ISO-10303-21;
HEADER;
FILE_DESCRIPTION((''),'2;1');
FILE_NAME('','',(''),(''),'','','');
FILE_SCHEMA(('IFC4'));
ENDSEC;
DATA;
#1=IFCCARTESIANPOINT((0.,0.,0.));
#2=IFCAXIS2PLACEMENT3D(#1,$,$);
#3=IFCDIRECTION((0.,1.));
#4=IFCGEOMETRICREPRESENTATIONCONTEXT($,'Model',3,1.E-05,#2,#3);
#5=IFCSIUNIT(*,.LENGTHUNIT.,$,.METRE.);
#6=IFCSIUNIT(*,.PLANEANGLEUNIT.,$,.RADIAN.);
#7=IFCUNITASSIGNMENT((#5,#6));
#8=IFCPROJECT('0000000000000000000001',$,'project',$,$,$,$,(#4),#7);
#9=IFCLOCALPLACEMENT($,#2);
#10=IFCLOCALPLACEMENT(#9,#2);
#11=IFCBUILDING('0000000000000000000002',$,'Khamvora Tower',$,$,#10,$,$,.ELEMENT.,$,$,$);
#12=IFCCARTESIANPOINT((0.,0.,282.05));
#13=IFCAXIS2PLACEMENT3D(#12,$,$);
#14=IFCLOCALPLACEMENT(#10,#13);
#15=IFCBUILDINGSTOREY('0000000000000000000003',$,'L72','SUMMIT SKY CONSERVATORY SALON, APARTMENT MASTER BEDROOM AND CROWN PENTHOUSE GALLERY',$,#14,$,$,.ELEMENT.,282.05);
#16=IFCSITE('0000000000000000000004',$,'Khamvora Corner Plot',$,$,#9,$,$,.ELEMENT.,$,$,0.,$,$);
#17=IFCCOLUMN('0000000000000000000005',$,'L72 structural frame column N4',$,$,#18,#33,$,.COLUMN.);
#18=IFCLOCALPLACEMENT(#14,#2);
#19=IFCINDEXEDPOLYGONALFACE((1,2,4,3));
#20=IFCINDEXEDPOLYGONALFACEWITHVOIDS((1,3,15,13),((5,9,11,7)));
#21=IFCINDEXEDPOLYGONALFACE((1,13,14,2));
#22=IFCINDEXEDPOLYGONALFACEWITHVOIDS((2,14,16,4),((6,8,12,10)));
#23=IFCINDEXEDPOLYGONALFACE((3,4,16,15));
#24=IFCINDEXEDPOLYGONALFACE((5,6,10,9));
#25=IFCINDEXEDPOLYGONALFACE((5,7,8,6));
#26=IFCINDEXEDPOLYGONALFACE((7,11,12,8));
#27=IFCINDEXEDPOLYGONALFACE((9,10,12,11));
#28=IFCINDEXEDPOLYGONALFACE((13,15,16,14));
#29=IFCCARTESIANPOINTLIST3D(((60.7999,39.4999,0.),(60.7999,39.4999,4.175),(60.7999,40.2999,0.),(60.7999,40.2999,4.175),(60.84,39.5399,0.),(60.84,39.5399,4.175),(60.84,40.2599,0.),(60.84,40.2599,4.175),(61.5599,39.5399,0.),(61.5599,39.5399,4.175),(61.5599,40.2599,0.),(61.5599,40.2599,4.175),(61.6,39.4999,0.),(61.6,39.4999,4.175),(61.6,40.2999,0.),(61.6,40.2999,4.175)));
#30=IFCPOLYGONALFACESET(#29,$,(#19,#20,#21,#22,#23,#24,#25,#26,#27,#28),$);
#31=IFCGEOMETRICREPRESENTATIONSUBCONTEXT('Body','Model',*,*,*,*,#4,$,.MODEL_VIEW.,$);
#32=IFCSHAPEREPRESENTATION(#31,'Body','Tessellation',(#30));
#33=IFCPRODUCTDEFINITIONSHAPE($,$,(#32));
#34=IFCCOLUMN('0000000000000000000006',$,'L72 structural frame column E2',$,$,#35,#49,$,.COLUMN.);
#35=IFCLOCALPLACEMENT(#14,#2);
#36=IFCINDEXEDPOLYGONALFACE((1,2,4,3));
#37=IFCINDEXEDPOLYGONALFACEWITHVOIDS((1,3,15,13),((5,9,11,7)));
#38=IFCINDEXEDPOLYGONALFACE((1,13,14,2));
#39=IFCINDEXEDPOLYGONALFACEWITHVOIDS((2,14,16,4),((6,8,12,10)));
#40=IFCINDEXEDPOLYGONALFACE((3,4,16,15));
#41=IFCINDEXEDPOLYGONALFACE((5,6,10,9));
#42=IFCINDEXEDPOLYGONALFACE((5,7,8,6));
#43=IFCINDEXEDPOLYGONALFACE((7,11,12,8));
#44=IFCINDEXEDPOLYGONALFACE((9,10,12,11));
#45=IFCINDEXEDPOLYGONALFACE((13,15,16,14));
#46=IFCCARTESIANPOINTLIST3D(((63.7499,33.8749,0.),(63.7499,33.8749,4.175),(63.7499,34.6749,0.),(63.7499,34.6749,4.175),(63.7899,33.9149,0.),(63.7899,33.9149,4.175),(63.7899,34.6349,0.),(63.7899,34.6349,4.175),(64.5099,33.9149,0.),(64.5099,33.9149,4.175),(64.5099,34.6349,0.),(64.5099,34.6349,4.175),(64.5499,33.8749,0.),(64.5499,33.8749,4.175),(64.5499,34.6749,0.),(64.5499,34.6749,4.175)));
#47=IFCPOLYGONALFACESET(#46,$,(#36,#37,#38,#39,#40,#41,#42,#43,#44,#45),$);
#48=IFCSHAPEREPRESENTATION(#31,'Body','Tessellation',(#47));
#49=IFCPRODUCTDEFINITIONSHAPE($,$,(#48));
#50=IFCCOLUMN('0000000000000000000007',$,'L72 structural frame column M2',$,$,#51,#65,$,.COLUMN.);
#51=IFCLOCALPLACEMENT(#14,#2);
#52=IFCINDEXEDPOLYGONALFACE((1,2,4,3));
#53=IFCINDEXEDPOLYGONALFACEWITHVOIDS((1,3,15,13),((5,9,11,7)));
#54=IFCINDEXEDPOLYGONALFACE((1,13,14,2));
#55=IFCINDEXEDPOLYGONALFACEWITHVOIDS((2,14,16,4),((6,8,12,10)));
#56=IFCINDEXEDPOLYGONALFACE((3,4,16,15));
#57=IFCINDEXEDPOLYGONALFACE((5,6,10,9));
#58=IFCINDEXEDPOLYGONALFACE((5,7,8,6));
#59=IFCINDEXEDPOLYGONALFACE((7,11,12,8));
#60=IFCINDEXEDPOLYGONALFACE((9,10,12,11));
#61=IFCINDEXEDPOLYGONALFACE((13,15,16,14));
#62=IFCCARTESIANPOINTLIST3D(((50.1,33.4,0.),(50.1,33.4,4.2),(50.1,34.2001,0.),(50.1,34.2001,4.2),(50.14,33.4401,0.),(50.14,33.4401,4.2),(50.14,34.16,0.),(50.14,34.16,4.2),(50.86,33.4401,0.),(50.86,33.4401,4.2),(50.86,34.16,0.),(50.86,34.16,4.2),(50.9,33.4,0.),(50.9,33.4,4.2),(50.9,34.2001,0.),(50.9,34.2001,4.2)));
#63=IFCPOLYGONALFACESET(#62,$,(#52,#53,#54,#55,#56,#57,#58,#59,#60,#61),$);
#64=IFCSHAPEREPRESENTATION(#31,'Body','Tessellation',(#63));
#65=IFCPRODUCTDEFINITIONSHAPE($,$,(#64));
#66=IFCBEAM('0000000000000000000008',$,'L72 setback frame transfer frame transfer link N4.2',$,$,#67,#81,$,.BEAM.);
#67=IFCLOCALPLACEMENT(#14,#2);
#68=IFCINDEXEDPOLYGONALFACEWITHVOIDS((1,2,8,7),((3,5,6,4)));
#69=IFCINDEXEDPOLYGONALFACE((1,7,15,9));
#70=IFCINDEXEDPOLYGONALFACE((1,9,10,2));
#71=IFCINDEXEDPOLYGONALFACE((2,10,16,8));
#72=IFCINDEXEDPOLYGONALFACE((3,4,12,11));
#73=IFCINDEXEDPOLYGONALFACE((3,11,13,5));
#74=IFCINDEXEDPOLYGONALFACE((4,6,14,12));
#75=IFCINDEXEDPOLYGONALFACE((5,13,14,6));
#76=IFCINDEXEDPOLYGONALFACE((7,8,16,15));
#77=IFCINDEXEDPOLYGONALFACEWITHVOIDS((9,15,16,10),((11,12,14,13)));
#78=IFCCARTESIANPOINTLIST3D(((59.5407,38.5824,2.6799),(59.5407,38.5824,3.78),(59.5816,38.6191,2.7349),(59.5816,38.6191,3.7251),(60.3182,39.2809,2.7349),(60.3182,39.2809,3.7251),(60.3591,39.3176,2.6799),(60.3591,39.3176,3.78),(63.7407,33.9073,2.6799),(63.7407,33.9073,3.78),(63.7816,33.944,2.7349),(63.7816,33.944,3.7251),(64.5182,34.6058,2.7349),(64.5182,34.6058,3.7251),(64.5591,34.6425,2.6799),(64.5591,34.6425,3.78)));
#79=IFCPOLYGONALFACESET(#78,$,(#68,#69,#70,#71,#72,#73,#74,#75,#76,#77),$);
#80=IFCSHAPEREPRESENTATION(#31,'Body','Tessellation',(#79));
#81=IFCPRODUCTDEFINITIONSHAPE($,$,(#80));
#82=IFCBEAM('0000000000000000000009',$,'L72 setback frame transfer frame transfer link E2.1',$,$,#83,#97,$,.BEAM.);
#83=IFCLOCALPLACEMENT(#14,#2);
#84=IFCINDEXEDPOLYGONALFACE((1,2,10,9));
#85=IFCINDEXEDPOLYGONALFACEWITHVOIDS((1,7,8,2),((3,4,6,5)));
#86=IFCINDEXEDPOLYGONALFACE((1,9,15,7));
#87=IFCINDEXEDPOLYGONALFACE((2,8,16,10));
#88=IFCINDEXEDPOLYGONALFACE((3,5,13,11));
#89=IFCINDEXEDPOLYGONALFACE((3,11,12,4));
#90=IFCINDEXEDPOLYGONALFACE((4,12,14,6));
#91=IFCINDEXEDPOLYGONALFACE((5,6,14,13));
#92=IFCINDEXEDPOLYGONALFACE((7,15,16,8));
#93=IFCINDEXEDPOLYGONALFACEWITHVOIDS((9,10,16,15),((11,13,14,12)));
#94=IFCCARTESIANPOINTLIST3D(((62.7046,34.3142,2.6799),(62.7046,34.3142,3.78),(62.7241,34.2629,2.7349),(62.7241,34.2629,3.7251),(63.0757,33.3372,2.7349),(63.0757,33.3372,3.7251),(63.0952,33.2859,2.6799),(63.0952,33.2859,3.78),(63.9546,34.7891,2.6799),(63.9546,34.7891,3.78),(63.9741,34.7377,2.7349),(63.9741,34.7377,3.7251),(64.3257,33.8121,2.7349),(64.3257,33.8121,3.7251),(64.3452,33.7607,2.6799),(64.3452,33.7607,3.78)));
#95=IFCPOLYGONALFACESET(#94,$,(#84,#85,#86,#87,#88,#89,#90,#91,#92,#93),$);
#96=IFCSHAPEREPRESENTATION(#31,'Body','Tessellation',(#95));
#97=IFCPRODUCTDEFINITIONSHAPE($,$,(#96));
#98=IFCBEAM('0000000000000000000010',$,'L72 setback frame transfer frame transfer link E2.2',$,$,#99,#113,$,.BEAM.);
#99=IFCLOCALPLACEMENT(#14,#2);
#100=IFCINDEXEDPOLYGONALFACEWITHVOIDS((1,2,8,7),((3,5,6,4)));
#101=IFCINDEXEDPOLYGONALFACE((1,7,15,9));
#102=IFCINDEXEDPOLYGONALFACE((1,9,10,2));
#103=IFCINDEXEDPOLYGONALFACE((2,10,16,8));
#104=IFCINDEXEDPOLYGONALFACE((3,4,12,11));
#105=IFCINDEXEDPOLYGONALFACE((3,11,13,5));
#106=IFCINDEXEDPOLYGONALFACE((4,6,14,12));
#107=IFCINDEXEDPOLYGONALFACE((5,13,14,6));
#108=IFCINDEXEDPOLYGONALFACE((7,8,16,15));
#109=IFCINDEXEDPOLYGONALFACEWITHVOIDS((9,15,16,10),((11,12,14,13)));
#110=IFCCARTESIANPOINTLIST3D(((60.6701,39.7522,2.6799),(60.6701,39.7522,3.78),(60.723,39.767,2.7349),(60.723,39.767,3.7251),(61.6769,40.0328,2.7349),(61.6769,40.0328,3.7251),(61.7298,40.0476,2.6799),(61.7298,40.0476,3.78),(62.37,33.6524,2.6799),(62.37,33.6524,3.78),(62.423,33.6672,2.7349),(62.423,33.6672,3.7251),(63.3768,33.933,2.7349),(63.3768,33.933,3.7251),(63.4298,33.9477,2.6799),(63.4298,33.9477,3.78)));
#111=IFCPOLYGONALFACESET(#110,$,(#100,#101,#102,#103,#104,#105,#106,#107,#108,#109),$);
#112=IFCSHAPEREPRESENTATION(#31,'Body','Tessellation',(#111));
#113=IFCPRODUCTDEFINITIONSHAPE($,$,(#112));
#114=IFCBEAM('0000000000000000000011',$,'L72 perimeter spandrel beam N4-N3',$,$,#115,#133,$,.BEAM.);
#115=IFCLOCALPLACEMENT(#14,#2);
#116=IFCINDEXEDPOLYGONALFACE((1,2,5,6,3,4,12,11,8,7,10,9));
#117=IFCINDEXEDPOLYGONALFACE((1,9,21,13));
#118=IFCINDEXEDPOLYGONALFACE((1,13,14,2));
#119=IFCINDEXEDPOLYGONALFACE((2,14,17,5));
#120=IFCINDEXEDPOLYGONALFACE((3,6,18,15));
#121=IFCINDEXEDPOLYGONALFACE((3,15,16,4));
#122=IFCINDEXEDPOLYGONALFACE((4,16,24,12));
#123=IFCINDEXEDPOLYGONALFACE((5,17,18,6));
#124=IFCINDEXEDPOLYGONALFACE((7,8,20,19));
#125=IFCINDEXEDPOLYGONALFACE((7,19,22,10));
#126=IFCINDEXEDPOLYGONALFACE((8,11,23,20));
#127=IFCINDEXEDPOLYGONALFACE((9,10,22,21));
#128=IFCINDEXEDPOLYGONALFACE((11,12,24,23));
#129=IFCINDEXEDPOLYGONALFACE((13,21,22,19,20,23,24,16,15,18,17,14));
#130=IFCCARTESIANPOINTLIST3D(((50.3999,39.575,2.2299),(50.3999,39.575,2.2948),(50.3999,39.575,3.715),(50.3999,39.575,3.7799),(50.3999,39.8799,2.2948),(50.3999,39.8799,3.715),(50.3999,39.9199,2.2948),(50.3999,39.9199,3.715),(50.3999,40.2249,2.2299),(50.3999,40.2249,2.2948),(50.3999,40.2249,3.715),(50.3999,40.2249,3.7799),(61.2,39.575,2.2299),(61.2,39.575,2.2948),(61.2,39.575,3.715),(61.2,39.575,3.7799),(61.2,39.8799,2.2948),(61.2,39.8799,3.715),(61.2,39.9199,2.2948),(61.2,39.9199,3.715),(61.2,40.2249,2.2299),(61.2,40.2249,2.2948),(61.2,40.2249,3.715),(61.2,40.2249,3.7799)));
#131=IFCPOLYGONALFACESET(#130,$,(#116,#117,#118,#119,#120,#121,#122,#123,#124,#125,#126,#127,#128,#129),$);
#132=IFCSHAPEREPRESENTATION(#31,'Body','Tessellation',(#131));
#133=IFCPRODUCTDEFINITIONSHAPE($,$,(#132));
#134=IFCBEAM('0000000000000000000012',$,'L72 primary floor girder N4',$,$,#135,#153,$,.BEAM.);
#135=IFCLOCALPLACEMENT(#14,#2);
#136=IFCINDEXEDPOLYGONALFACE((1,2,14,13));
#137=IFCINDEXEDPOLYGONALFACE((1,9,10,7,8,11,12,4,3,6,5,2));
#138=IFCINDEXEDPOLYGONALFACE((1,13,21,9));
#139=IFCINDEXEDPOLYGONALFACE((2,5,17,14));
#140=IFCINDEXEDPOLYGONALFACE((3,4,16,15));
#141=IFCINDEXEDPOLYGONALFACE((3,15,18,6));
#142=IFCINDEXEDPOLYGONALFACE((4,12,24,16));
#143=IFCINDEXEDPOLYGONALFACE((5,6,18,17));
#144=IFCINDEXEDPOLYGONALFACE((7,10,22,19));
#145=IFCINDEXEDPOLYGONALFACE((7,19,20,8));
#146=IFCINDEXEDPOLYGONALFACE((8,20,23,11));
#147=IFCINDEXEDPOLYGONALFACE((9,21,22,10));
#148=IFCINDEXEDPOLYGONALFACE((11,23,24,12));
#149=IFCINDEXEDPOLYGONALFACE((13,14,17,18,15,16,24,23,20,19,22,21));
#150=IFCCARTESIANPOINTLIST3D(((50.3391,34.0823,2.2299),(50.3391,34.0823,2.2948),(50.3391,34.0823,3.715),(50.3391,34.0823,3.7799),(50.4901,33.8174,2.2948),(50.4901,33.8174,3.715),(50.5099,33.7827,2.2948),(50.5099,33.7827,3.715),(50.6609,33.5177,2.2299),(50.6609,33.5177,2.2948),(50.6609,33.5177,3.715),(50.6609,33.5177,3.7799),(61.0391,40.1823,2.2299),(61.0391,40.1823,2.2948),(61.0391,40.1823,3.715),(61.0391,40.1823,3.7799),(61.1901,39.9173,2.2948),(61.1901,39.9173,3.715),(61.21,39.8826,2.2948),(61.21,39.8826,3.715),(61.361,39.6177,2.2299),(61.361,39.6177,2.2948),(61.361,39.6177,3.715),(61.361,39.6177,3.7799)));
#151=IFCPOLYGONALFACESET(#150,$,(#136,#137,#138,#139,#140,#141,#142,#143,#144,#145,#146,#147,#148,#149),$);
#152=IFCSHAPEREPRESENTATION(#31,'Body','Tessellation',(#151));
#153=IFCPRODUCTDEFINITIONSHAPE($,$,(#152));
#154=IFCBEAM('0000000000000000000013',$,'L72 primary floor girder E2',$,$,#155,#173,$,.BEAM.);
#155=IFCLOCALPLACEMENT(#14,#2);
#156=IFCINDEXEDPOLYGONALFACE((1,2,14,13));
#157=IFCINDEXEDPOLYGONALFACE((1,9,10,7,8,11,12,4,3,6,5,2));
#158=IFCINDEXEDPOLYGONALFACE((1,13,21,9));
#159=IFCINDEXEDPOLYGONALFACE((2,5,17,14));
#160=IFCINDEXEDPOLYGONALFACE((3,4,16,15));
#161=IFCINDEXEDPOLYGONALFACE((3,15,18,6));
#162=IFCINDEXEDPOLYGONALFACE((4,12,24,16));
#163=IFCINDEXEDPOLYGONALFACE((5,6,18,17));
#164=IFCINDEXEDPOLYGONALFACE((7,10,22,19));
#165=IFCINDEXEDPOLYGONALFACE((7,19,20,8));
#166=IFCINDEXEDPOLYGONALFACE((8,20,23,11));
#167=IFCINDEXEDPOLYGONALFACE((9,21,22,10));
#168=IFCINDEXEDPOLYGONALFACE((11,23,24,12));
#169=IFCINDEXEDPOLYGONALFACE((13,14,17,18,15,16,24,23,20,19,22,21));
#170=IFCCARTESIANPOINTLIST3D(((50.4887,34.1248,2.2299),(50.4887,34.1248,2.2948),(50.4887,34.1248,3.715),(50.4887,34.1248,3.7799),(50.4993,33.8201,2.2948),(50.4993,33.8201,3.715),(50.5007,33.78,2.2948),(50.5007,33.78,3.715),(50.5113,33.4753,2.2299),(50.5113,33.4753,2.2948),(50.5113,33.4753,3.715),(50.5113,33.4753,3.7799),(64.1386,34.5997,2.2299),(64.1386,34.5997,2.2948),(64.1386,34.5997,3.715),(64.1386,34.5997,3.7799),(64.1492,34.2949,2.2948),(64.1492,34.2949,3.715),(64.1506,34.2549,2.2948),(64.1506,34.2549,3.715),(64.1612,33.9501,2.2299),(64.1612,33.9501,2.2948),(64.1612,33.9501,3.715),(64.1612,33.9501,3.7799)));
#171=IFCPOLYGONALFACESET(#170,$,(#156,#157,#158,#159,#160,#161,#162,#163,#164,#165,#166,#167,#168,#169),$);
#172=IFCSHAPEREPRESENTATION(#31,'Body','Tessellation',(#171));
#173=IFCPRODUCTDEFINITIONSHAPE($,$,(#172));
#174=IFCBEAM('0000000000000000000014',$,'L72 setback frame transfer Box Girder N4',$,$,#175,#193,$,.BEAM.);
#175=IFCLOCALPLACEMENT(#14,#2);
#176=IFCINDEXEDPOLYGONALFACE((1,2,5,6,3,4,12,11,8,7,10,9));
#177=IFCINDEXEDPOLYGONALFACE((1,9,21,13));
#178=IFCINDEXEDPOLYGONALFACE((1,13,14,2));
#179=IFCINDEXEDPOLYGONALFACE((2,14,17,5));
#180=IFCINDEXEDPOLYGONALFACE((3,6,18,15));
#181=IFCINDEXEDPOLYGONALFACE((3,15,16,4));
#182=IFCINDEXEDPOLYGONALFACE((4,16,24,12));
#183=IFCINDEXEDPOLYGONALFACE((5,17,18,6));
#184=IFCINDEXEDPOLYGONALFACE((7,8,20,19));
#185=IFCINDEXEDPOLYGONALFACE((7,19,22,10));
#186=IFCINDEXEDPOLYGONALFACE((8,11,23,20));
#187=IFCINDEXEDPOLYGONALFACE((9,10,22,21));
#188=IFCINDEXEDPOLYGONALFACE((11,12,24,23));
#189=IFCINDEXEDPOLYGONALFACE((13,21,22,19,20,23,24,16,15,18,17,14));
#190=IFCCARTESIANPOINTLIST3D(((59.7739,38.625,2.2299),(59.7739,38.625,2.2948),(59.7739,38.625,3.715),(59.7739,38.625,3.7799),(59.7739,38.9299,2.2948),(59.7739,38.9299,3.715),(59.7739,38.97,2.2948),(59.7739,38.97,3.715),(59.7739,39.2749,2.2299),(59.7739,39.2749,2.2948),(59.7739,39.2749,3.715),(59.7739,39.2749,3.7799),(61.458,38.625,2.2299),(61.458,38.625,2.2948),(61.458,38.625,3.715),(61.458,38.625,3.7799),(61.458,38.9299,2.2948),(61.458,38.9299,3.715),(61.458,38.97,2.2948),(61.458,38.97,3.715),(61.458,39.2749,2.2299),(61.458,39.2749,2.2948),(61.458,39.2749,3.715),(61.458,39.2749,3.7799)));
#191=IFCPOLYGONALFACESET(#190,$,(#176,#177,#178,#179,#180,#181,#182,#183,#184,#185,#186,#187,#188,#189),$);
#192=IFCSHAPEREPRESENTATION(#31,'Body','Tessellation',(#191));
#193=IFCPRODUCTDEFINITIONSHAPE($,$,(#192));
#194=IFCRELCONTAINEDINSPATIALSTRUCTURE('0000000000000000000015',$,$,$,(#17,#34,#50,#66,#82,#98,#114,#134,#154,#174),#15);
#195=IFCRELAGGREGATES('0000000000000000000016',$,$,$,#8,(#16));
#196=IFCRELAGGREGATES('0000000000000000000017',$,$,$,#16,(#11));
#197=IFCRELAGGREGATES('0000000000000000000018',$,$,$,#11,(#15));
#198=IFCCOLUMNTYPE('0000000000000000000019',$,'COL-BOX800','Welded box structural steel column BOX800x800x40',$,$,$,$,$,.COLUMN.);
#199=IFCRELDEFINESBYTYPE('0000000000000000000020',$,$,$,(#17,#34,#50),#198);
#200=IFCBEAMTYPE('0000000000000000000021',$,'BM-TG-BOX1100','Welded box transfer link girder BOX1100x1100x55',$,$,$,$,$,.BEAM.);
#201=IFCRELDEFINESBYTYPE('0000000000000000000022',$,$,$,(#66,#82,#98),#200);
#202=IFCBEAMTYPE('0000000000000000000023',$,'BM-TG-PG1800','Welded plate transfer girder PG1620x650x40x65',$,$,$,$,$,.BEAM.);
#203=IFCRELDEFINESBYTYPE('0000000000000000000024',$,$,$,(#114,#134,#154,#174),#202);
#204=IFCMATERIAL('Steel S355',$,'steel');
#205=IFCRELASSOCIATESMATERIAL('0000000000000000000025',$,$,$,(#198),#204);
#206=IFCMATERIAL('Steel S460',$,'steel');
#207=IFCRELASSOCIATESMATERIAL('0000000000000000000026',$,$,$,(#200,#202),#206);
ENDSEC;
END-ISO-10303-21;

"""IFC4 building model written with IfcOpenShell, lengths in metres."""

from ifc_helpers import new_model, si_unit, direction, frame, origin, origin_2d, place, context, subcontext, project, spatial, hollow_rectangle, i_section, extrude, material, material_profile, profile_set, type_object, element, save


model = new_model("IFC4")

# Units and contexts
model_context = context("Model", 3, precision=1e-05, world=origin(), true_north=direction((0.0, 1.0)))
body_context = subcontext(model_context, "Body", "Model", "MODEL_VIEW")
ifc_project = project(units=[si_unit("LENGTHUNIT", "METRE"), si_unit("PLANEANGLEUNIT", "RADIAN")], contexts=[model_context])

# Site, building, storey
site_placement = place(None, origin())
site = spatial("IfcSite", under=ifc_project, at=site_placement, Name="Khamvora Corner Plot", CompositionType="ELEMENT", RefElevation=0.0)
building_placement = place(site_placement, origin())
building = spatial("IfcBuilding", under=site, at=building_placement, Name="Khamvora Tower", CompositionType="ELEMENT")
storey_placement = place(building_placement, frame((0.0, 0.0, 282.05)))
storey = spatial("IfcBuildingStorey", under=building, at=storey_placement, Name="L72", Description="SUMMIT SKY CONSERVATORY SALON, APARTMENT MASTER BEDROOM AND CROWN PENTHOUSE GALLERY", CompositionType="ELEMENT", Elevation=282.05)

# Columns
ifc_material_1 = material(Name="Steel S355", Category="steel")
ifc_material_profile_1 = material_profile(ifc_material_1, hollow_rectangle(XDim=0.8, YDim=0.8, WallThickness=0.04, at=origin_2d()), Name="BOX800x800x40")
ifc_profile_set_1 = profile_set([ifc_material_profile_1], Name="Steel S355")
column_type = type_object("IfcColumnType", Name="COL-BOX800", Description="Welded box structural steel column BOX800x800x40", PredefinedType="COLUMN", material=ifc_profile_set_1)
for number, where, z_axis, x_axis, name in (
    (1, (61.2, 39.8999, 0.0), (0.0, 0.0, 1.0), (1.0, 0.0, 0.0), "L72 structural frame column N4"),
    (2, (64.1499, 34.2749, 0.0), (0.0, 0.0, 1.0), (1.0, 0.0, 0.0), "L72 structural frame column E2"),
):
    element("IfcColumn", number, at=place(storey_placement, frame(where, z_axis=z_axis, x_axis=x_axis)), inside=storey, type_object=column_type, Name=name, PredefinedType="COLUMN", context=body_context, shape_type="SweptSolid", body=[
        extrude(hollow_rectangle(XDim=0.8, YDim=0.8, WallThickness=0.04, at=origin_2d()), origin(), (0.0, 0.0, 1.0), 4.175),
    ])
column_placement = place(storey_placement, frame((50.5, 33.8, 0.0), z_axis=(0.0, 0.0, 1.0), x_axis=(1.0, 0.0, 0.0)))
element("IfcColumn", 3, at=column_placement, inside=storey, type_object=column_type, Name="L72 structural frame column M2", PredefinedType="COLUMN", context=body_context, shape_type="SweptSolid", body=[
    extrude(hollow_rectangle(XDim=0.8, YDim=0.8, WallThickness=0.04, at=origin_2d()), origin(), (0.0, 0.0, 1.0), 4.2),
])

# Beams
ifc_material_2 = material(Name="Steel S460", Category="steel")
ifc_material_profile_2 = material_profile(ifc_material_2, hollow_rectangle(XDim=1.1001, YDim=1.1001, WallThickness=0.0549, at=origin_2d()), Name="BOX1100x1100x55")
ifc_profile_set_2 = profile_set([ifc_material_profile_2], Name="Steel S460")
beam_type_1 = type_object("IfcBeamType", Name="BM-TG-BOX1100", Description="Welded box transfer link girder BOX1100x1100x55", PredefinedType="BEAM", material=ifc_profile_set_2)
beam_1_placement = place(storey_placement, frame((64.1499, 34.2749, 3.23), z_axis=(-0.668297, 0.743895, 0.0), x_axis=(-0.743895, -0.668297, 0.0)))
element("IfcBeam", 4, at=beam_1_placement, inside=storey, type_object=beam_type_1, Name="L72 setback frame transfer frame transfer link N4.2", PredefinedType="BEAM", context=body_context, shape_type="SweptSolid", body=[
    extrude(hollow_rectangle(XDim=1.1001, YDim=1.1001, WallThickness=0.0549, at=origin_2d()), origin(), (0.0, 0.0, 1.0), 6.2847),
])
beam_2_placement = place(storey_placement, frame((64.1499, 34.2749, 3.23), z_axis=(-0.93482, -0.355122, 0.0), x_axis=(0.355122, -0.93482, 0.0)))
element("IfcBeam", 5, at=beam_2_placement, inside=storey, type_object=beam_type_1, Name="L72 setback frame transfer frame transfer link E2.1", PredefinedType="BEAM", context=body_context, shape_type="SweptSolid", body=[
    extrude(hollow_rectangle(XDim=1.1001, YDim=1.1001, WallThickness=0.0549, at=origin_2d()), origin(), (0.0, 0.0, 1.0), 1.3372),
])
beam_3_placement = place(storey_placement, frame((61.2, 39.8999, 3.23), z_axis=(0.268457, -0.963292, 0.0), x_axis=(0.963292, 0.268457, 0.0)))
element("IfcBeam", 6, at=beam_3_placement, inside=storey, type_object=beam_type_1, Name="L72 setback frame transfer frame transfer link E2.2", PredefinedType="BEAM", context=body_context, shape_type="SweptSolid", body=[
    extrude(hollow_rectangle(XDim=1.1001, YDim=1.1001, WallThickness=0.0549, at=origin_2d()), origin(), (0.0, 0.0, 1.0), 6.3323),
])
ifc_material_profile_3 = material_profile(ifc_material_2, i_section(OverallWidth=0.6499, OverallDepth=1.55, WebThickness=0.04, FlangeThickness=0.0649, at=origin_2d()), Name="PG1550x650x40x65")
ifc_profile_set_3 = profile_set([ifc_material_profile_3], Name="Steel S460")
beam_type_2 = type_object("IfcBeamType", Name="BM-TG-PG1800", Description="Welded plate transfer girder PG1620x650x40x65", PredefinedType="BEAM", material=ifc_profile_set_3)
beam_4_placement = place(storey_placement, frame((61.2, 39.8999, 3.0049), z_axis=(-1.0, 0.0, 0.0), x_axis=(0.0, -1.0, 0.0)))
element("IfcBeam", 7, at=beam_4_placement, inside=storey, type_object=beam_type_2, Name="L72 perimeter spandrel beam N4-N3", PredefinedType="BEAM", context=body_context, shape_type="SweptSolid", body=[
    extrude(i_section(OverallWidth=0.6499, OverallDepth=1.55, WebThickness=0.04, FlangeThickness=0.0649, at=origin_2d()), origin(), (0.0, 0.0, 1.0), 10.8),
])
beam_5_placement = place(storey_placement, frame((50.5, 33.8, 3.0049), z_axis=(0.868746, 0.495257, 0.0), x_axis=(-0.495257, 0.868746, 0.0)))
element("IfcBeam", 8, at=beam_5_placement, inside=storey, type_object=beam_type_2, Name="L72 primary floor girder N4", PredefinedType="BEAM", context=body_context, shape_type="SweptSolid", body=[
    extrude(i_section(OverallWidth=0.6499, OverallDepth=1.55, WebThickness=0.04, FlangeThickness=0.0649, at=origin_2d()), origin(), (0.0, 0.0, 1.0), 12.3167),
])
beam_6_placement = place(storey_placement, frame((50.5, 33.8, 3.0049), z_axis=(0.999395, 0.034767, 0.0), x_axis=(-0.034767, 0.999395, 0.0)))
element("IfcBeam", 9, at=beam_6_placement, inside=storey, type_object=beam_type_2, Name="L72 primary floor girder E2", PredefinedType="BEAM", context=body_context, shape_type="SweptSolid", body=[
    extrude(i_section(OverallWidth=0.6499, OverallDepth=1.55, WebThickness=0.04, FlangeThickness=0.0649, at=origin_2d()), origin(), (0.0, 0.0, 1.0), 13.6582),
])
beam_7_placement = place(storey_placement, frame((59.7739, 38.95, 3.0049), z_axis=(1.0, 0.0, 0.0), x_axis=(0.0, 1.0, 0.0)))
element("IfcBeam", 10, at=beam_7_placement, inside=storey, type_object=beam_type_2, Name="L72 setback frame transfer Box Girder N4", PredefinedType="BEAM", context=body_context, shape_type="SweptSolid", body=[
    extrude(i_section(OverallWidth=0.6499, OverallDepth=1.55, WebThickness=0.04, FlangeThickness=0.0649, at=origin_2d()), origin(), (0.0, 0.0, 1.0), 1.6841),
])

save(model, "model.ifc")
